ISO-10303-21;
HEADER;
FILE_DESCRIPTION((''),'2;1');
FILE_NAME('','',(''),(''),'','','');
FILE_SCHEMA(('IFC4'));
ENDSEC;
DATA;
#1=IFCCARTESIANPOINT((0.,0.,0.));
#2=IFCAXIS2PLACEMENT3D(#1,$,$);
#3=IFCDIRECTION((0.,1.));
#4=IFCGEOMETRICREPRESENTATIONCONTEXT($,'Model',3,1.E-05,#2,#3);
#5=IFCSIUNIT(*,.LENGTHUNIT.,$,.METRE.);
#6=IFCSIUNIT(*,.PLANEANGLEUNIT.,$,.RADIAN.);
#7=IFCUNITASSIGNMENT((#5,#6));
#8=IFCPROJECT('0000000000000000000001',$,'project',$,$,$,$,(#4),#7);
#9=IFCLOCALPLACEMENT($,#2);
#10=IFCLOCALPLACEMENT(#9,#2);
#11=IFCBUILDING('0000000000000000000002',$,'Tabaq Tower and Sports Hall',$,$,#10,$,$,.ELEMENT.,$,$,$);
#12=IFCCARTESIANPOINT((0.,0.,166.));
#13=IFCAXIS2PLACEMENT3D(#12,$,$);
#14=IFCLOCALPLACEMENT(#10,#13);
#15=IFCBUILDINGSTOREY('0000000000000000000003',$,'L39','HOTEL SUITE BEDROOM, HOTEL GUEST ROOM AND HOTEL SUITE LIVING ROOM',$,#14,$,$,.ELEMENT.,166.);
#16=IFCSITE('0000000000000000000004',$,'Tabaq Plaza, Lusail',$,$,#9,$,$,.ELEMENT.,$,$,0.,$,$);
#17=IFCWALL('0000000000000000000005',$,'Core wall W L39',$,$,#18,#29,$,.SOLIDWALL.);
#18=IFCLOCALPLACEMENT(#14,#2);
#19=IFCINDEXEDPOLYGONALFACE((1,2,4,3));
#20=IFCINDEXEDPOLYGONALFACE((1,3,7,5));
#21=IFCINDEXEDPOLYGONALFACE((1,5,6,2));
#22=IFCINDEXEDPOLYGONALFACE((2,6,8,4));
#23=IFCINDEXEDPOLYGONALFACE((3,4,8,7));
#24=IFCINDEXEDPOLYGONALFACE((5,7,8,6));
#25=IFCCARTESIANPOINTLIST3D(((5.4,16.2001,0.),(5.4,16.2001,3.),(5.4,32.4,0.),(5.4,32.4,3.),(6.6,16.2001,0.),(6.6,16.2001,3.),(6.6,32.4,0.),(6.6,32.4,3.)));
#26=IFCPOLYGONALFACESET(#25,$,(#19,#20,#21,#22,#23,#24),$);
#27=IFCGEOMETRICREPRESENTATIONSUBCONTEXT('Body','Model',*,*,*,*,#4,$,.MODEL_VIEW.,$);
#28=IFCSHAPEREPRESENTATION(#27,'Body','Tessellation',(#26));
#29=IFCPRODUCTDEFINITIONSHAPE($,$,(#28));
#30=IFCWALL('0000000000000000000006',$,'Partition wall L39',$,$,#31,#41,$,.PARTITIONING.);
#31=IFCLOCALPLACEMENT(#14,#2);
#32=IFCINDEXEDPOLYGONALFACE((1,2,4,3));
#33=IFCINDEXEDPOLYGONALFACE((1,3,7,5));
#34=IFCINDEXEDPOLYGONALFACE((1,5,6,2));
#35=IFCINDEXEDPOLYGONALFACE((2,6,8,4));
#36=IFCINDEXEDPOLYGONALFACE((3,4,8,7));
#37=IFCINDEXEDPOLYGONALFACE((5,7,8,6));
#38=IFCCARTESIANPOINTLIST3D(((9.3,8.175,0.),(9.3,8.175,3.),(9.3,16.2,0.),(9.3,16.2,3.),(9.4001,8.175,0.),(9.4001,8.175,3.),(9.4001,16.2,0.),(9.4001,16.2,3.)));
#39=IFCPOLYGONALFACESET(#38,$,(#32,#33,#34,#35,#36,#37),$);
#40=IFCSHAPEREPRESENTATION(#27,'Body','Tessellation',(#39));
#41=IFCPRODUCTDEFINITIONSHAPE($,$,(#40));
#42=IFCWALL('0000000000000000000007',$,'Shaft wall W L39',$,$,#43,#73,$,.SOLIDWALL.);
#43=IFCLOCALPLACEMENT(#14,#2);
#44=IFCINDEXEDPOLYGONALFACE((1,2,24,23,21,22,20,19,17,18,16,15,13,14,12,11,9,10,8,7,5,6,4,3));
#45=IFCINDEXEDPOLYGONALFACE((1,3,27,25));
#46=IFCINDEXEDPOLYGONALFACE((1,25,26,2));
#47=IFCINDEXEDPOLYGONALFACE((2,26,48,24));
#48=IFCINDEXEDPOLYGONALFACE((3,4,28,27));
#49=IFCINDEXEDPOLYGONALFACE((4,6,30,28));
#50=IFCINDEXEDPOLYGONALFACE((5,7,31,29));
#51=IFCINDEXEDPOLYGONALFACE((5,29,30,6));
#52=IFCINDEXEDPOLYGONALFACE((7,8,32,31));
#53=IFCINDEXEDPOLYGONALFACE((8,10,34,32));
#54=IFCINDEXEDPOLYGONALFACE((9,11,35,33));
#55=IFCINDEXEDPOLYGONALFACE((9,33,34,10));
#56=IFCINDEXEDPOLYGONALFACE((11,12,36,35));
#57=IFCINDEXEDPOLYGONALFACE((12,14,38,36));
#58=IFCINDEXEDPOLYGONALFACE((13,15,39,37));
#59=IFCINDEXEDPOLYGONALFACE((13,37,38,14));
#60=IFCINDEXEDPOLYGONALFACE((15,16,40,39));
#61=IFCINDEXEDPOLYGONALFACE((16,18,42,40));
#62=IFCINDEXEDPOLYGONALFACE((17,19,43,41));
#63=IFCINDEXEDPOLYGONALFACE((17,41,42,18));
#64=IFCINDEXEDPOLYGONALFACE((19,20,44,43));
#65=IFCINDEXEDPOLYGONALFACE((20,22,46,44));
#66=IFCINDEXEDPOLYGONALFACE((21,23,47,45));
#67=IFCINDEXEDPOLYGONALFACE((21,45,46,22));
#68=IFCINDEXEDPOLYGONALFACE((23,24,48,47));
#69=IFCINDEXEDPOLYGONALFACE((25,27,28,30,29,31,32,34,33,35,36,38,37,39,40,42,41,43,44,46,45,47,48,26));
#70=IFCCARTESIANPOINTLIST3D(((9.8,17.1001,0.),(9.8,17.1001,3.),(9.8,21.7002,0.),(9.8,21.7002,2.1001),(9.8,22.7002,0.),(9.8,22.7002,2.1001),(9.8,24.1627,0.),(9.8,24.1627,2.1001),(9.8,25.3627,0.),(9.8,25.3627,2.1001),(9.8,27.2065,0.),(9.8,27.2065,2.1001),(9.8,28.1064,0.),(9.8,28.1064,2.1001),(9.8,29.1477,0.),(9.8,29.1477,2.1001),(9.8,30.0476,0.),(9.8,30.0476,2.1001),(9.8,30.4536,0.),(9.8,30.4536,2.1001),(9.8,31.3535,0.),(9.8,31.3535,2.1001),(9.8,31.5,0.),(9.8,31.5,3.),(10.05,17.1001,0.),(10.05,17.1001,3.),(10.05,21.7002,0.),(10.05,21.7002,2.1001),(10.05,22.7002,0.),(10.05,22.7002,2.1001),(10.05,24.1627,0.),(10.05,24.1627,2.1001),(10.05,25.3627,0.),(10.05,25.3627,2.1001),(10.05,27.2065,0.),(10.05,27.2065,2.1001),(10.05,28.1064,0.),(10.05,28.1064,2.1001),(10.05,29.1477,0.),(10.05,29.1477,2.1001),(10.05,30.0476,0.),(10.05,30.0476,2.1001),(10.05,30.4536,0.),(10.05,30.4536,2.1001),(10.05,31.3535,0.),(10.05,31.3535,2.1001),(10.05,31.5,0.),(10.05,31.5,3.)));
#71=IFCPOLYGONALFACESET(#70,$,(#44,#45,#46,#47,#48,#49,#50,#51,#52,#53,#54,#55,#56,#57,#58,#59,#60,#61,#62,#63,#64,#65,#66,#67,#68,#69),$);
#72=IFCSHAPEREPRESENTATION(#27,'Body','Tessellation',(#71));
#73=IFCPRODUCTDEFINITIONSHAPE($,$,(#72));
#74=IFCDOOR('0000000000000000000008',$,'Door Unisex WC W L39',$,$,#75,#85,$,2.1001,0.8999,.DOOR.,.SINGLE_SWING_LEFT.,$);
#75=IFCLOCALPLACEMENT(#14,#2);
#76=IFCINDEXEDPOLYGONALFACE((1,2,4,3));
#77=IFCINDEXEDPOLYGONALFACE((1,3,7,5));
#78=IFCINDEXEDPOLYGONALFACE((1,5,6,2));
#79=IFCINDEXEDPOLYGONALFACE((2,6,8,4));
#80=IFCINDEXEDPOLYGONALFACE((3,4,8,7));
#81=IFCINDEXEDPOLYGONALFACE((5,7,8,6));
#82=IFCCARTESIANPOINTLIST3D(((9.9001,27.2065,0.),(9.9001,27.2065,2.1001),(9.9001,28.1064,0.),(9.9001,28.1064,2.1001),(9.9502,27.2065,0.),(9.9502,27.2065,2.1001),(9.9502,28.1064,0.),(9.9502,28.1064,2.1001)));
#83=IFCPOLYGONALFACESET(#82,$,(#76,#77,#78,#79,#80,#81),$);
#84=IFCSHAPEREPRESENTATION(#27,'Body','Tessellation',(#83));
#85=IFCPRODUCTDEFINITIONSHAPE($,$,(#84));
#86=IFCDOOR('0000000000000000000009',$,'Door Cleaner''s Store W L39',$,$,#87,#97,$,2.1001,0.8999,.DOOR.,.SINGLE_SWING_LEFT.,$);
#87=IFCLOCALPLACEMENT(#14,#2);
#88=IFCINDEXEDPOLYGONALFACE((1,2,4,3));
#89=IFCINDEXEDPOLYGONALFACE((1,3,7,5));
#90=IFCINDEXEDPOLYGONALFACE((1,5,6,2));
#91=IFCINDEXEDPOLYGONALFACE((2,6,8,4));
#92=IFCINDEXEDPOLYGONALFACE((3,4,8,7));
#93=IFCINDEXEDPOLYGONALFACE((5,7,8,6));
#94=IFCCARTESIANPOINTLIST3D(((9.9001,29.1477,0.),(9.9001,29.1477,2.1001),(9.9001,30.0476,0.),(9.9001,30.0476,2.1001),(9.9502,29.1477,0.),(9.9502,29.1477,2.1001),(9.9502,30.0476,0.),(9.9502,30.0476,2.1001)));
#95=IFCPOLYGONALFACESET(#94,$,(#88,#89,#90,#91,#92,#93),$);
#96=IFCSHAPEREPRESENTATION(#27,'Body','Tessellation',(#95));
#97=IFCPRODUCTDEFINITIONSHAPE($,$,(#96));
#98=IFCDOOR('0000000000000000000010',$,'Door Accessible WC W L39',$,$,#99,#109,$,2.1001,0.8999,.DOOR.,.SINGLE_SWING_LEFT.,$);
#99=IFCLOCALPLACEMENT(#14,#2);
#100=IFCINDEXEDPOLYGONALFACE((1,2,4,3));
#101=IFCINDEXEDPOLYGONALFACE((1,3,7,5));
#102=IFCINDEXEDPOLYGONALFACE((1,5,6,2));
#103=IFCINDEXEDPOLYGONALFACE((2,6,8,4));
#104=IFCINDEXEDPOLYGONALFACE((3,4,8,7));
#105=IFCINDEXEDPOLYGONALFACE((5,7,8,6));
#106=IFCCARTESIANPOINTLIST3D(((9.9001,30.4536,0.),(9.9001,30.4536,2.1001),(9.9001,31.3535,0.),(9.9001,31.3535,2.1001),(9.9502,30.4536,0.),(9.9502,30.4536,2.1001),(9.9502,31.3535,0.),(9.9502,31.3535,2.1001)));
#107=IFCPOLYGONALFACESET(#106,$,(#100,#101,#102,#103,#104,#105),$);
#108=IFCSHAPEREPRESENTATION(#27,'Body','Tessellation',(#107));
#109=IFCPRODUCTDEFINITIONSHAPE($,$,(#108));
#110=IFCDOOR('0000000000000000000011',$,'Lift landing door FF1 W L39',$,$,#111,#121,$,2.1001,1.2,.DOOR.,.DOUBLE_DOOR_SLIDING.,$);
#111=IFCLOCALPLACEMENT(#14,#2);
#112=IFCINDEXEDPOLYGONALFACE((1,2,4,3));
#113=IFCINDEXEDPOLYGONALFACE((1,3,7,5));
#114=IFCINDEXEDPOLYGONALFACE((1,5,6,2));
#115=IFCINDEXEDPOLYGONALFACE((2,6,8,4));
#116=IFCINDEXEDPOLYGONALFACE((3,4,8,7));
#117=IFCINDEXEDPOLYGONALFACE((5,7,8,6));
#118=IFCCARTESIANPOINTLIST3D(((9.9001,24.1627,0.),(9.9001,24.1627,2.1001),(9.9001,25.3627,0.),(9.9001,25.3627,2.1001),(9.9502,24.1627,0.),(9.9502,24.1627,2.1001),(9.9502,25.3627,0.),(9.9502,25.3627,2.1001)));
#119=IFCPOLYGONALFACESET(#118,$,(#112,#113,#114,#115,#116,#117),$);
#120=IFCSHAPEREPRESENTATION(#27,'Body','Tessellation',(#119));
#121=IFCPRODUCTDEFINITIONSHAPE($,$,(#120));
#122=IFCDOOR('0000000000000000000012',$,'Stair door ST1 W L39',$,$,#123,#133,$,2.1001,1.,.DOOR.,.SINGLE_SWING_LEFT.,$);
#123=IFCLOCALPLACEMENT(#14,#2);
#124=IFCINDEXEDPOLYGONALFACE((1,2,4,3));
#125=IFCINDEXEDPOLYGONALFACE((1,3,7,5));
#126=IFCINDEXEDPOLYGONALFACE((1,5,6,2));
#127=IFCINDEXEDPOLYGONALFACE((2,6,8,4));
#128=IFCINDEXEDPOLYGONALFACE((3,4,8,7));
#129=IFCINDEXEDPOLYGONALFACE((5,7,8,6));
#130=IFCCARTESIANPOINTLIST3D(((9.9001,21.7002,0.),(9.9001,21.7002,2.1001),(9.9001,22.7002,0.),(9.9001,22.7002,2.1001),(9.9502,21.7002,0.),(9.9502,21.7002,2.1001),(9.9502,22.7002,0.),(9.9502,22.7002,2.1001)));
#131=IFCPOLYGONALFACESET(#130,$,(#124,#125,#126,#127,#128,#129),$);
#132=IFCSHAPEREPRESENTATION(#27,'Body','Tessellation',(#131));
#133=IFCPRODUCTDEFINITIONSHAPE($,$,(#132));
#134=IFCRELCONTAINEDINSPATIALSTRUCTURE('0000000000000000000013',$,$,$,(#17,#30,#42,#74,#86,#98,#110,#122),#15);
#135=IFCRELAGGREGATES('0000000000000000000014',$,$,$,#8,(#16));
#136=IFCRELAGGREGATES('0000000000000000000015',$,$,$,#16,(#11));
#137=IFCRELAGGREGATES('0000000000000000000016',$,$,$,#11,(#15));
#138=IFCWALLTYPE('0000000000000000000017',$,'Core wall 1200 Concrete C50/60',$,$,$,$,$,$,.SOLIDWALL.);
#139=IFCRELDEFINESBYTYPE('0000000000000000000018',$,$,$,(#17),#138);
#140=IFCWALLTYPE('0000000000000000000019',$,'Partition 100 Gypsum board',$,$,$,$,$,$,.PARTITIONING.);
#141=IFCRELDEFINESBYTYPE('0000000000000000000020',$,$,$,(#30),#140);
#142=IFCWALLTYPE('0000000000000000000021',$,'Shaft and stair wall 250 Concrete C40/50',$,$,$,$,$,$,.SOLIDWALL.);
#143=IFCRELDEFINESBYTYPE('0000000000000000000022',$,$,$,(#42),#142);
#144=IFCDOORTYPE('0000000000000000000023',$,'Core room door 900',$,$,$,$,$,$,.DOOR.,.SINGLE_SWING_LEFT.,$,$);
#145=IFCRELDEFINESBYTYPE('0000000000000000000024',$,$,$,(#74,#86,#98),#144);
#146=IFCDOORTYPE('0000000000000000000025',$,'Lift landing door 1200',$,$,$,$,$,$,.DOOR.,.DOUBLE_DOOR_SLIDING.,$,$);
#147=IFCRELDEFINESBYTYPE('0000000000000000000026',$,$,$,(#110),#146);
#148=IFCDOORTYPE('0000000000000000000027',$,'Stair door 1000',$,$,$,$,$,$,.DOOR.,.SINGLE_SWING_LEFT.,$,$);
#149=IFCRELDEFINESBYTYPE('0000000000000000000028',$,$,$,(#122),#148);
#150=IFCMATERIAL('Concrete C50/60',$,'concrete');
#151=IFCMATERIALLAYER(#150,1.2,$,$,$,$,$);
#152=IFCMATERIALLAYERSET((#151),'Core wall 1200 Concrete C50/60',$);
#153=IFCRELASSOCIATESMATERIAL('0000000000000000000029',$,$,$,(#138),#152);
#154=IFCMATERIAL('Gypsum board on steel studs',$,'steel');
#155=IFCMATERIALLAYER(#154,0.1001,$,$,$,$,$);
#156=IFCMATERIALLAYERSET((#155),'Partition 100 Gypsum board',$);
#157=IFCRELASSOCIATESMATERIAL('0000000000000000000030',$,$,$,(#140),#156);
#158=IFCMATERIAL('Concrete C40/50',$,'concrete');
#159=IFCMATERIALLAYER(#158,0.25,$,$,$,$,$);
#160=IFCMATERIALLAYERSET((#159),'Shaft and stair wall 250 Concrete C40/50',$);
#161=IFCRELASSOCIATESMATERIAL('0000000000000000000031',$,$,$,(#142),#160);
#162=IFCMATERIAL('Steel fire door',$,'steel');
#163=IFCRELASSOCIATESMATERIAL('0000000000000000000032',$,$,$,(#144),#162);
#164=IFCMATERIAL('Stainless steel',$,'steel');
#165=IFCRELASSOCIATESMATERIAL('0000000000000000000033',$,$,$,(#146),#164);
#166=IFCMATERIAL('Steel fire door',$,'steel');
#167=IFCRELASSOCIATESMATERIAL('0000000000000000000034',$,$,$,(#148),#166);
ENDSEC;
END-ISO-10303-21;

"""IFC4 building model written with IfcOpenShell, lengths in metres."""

from ifc_helpers import new_model, si_unit, direction, frame, frame_2d, origin, place, context, subcontext, project, spatial, rectangle, extrude, material, layer, layer_set, type_object, element, fill, save


model = new_model("IFC4")

# Units and contexts
model_context = context("Model", 3, precision=1e-05, world=origin(), true_north=direction((0.0, 1.0)))
body_context = subcontext(model_context, "Body", "Model", "MODEL_VIEW")
ifc_project = project(units=[si_unit("LENGTHUNIT", "METRE"), si_unit("PLANEANGLEUNIT", "RADIAN")], contexts=[model_context])

# Site, building, storey
site_placement = place(None, origin())
site = spatial("IfcSite", under=ifc_project, at=site_placement, Name="Tabaq Plaza, Lusail", CompositionType="ELEMENT", RefElevation=0.0)
building_placement = place(site_placement, origin())
building = spatial("IfcBuilding", under=site, at=building_placement, Name="Tabaq Tower and Sports Hall", CompositionType="ELEMENT")
storey_placement = place(building_placement, frame((0.0, 0.0, 166.0)))
storey = spatial("IfcBuildingStorey", under=building, at=storey_placement, Name="L39", Description="HOTEL SUITE BEDROOM, HOTEL GUEST ROOM AND HOTEL SUITE LIVING ROOM", CompositionType="ELEMENT", Elevation=166.0)

# Walls
ifc_material_1 = material(Name="Concrete C50/60", Category="concrete")
ifc_layer_1 = layer(ifc_material_1, 1.2)
ifc_layer_set_1 = layer_set([ifc_layer_1], Name="Core wall 1200 Concrete C50/60")
wall_type_1 = type_object("IfcWallType", Name="Core wall 1200 Concrete C50/60", PredefinedType="SOLIDWALL", material=ifc_layer_set_1)
wall_1_placement = place(storey_placement, frame((6.0, 16.2, 0.0), z_axis=(0.0, 0.0, 1.0), x_axis=(0.0, 1.0, 0.0)))
element("IfcWall", 1, at=wall_1_placement, inside=storey, type_object=wall_type_1, Name="Core wall W L39", PredefinedType="SOLIDWALL", context=body_context, shape_type="SweptSolid", body=[
    extrude(rectangle(XDim=16.2, YDim=1.2, at=frame_2d((8.1001, 0.0))), origin(), (0.0, 0.0, 1.0), 3.0),
])
ifc_material_2 = material(Name="Gypsum board on steel studs", Category="steel")
ifc_layer_2 = layer(ifc_material_2, 0.1001)
ifc_layer_set_2 = layer_set([ifc_layer_2], Name="Partition 100 Gypsum board")
wall_type_2 = type_object("IfcWallType", Name="Partition 100 Gypsum board", PredefinedType="PARTITIONING", material=ifc_layer_set_2)
wall_2_placement = place(storey_placement, frame((9.3501, 16.2, 0.0), z_axis=(0.0, 0.0, 1.0), x_axis=(0.0, -1.0, 0.0)))
element("IfcWall", 2, at=wall_2_placement, inside=storey, type_object=wall_type_2, Name="Partition wall L39", PredefinedType="PARTITIONING", context=body_context, shape_type="SweptSolid", body=[
    extrude(rectangle(XDim=8.0249, YDim=0.1001, at=frame_2d((4.0125, 0.0))), origin(), (0.0, 0.0, 1.0), 3.0),
])

# Wall, openings, doors
ifc_material_3 = material(Name="Concrete C40/50", Category="concrete")
ifc_layer_3 = layer(ifc_material_3, 0.25)
ifc_layer_set_3 = layer_set([ifc_layer_3], Name="Shaft and stair wall 250 Concrete C40/50")
wall_type_3 = type_object("IfcWallType", Name="Shaft and stair wall 250 Concrete C40/50", PredefinedType="SOLIDWALL", material=ifc_layer_set_3)
wall_3_placement = place(storey_placement, frame((9.925, 17.1001, 0.0), z_axis=(0.0, 0.0, 1.0), x_axis=(0.0, 1.0, 0.0)))
wall_3 = element("IfcWall", 3, at=wall_3_placement, inside=storey, type_object=wall_type_3, Name="Shaft wall W L39", PredefinedType="SOLIDWALL", context=body_context, shape_type="SweptSolid", body=[
    extrude(rectangle(XDim=14.3999, YDim=0.25, at=frame_2d((7.2, 0.0))), origin(), (0.0, 0.0, 1.0), 3.0),
])
opening_1_placement = place(wall_3_placement, frame((4.6001, 0.0, 0.0)))
opening_1 = element("IfcOpeningElement", 4, at=opening_1_placement, cuts=wall_3, PredefinedType="OPENING", context=body_context, shape_type="SweptSolid", body=[
    extrude(rectangle(XDim=1.0, YDim=2.1001, at=frame_2d((0.5, 1.05))), frame((0.0, 0.125, 0.0), z_axis=(0.0, -1.0, 0.0), x_axis=(1.0, 0.0, 0.0)), (0.0, 0.0, 1.0), 0.25),
])
opening_2_placement = place(wall_3_placement, frame((7.0625, 0.0, 0.0)))
opening_2 = element("IfcOpeningElement", 5, at=opening_2_placement, cuts=wall_3, PredefinedType="OPENING", context=body_context, shape_type="SweptSolid", body=[
    extrude(rectangle(XDim=1.2, YDim=2.1001, at=frame_2d((0.6001, 1.05))), frame((0.0, 0.125, 0.0), z_axis=(0.0, -1.0, 0.0), x_axis=(1.0, 0.0, 0.0)), (0.0, 0.0, 1.0), 0.25),
])
opening_3_placement = place(wall_3_placement, frame((10.1064, 0.0, 0.0)))
opening_3 = element("IfcOpeningElement", 6, at=opening_3_placement, cuts=wall_3, PredefinedType="OPENING", context=body_context, shape_type="SweptSolid", body=[
    extrude(rectangle(XDim=0.8999, YDim=2.1001, at=frame_2d((0.45, 1.05))), frame((0.0, 0.125, 0.0), z_axis=(0.0, -1.0, 0.0), x_axis=(1.0, 0.0, 0.0)), (0.0, 0.0, 1.0), 0.25),
])
opening_4_placement = place(wall_3_placement, frame((12.0476, 0.0, 0.0)))
opening_4 = element("IfcOpeningElement", 7, at=opening_4_placement, cuts=wall_3, PredefinedType="OPENING", context=body_context, shape_type="SweptSolid", body=[
    extrude(rectangle(XDim=0.8999, YDim=2.1001, at=frame_2d((0.45, 1.05))), frame((0.0, 0.125, 0.0), z_axis=(0.0, -1.0, 0.0), x_axis=(1.0, 0.0, 0.0)), (0.0, 0.0, 1.0), 0.25),
])
opening_5_placement = place(wall_3_placement, frame((13.3535, 0.0, 0.0)))
opening_5 = element("IfcOpeningElement", 8, at=opening_5_placement, cuts=wall_3, PredefinedType="OPENING", context=body_context, shape_type="SweptSolid", body=[
    extrude(rectangle(XDim=0.8999, YDim=2.1001, at=frame_2d((0.45, 1.05))), frame((0.0, 0.125, 0.0), z_axis=(0.0, -1.0, 0.0), x_axis=(1.0, 0.0, 0.0)), (0.0, 0.0, 1.0), 0.25),
])
ifc_material_4 = material(Name="Steel fire door", Category="steel")
door_type_1 = type_object("IfcDoorType", Name="Core room door 900", OperationType="SINGLE_SWING_LEFT", PredefinedType="DOOR", material=ifc_material_4)
door_1_placement = place(opening_3_placement, origin())
door_1 = element("IfcDoor", 9, at=door_1_placement, inside=storey, type_object=door_type_1, Name="Door Unisex WC W L39", OperationType="SINGLE_SWING_LEFT", OverallHeight=2.1001, OverallWidth=0.8999, PredefinedType="DOOR", context=body_context, shape_type="SweptSolid", body=[
    extrude(rectangle(XDim=0.8999, YDim=2.1001, at=frame_2d((0.45, 1.05))), frame((0.0, 0.0249, 0.0), z_axis=(0.0, -1.0, 0.0), x_axis=(1.0, 0.0, 0.0)), (0.0, 0.0, 1.0), 0.05),
])
fill(opening_3, door_1)
door_2_placement = place(opening_4_placement, origin())
door_2 = element("IfcDoor", 10, at=door_2_placement, inside=storey, type_object=door_type_1, Name="Door Cleaner's Store W L39", OperationType="SINGLE_SWING_LEFT", OverallHeight=2.1001, OverallWidth=0.8999, PredefinedType="DOOR", context=body_context, shape_type="SweptSolid", body=[
    extrude(rectangle(XDim=0.8999, YDim=2.1001, at=frame_2d((0.45, 1.05))), frame((0.0, 0.0249, 0.0), z_axis=(0.0, -1.0, 0.0), x_axis=(1.0, 0.0, 0.0)), (0.0, 0.0, 1.0), 0.05),
])
fill(opening_4, door_2)
door_3_placement = place(opening_5_placement, origin())
door_3 = element("IfcDoor", 11, at=door_3_placement, inside=storey, type_object=door_type_1, Name="Door Accessible WC W L39", OperationType="SINGLE_SWING_LEFT", OverallHeight=2.1001, OverallWidth=0.8999, PredefinedType="DOOR", context=body_context, shape_type="SweptSolid", body=[
    extrude(rectangle(XDim=0.8999, YDim=2.1001, at=frame_2d((0.45, 1.05))), frame((0.0, 0.0249, 0.0), z_axis=(0.0, -1.0, 0.0), x_axis=(1.0, 0.0, 0.0)), (0.0, 0.0, 1.0), 0.05),
])
fill(opening_5, door_3)
ifc_material_5 = material(Name="Stainless steel", Category="steel")
door_type_2 = type_object("IfcDoorType", Name="Lift landing door 1200", OperationType="DOUBLE_DOOR_SLIDING", PredefinedType="DOOR", material=ifc_material_5)
door_4_placement = place(opening_2_placement, origin())
door_4 = element("IfcDoor", 12, at=door_4_placement, inside=storey, type_object=door_type_2, Name="Lift landing door FF1 W L39", OperationType="DOUBLE_DOOR_SLIDING", OverallHeight=2.1001, OverallWidth=1.2, PredefinedType="DOOR", context=body_context, shape_type="SweptSolid", body=[
    extrude(rectangle(XDim=1.2, YDim=2.1001, at=frame_2d((0.6001, 1.05))), frame((0.0, 0.0249, 0.0), z_axis=(0.0, -1.0, 0.0), x_axis=(1.0, 0.0, 0.0)), (0.0, 0.0, 1.0), 0.05),
])
fill(opening_2, door_4)
ifc_material_6 = material(Name="Steel fire door", Category="steel")
door_type_3 = type_object("IfcDoorType", Name="Stair door 1000", OperationType="SINGLE_SWING_LEFT", PredefinedType="DOOR", material=ifc_material_6)
door_5_placement = place(opening_1_placement, origin())
door_5 = element("IfcDoor", 13, at=door_5_placement, inside=storey, type_object=door_type_3, Name="Stair door ST1 W L39", OperationType="SINGLE_SWING_LEFT", OverallHeight=2.1001, OverallWidth=1.0, PredefinedType="DOOR", context=body_context, shape_type="SweptSolid", body=[
    extrude(rectangle(XDim=1.0, YDim=2.1001, at=frame_2d((0.5, 1.05))), frame((0.0, 0.0249, 0.0), z_axis=(0.0, -1.0, 0.0), x_axis=(1.0, 0.0, 0.0)), (0.0, 0.0, 1.0), 0.05),
])
fill(opening_1, door_5)

save(model, "model.ifc")
